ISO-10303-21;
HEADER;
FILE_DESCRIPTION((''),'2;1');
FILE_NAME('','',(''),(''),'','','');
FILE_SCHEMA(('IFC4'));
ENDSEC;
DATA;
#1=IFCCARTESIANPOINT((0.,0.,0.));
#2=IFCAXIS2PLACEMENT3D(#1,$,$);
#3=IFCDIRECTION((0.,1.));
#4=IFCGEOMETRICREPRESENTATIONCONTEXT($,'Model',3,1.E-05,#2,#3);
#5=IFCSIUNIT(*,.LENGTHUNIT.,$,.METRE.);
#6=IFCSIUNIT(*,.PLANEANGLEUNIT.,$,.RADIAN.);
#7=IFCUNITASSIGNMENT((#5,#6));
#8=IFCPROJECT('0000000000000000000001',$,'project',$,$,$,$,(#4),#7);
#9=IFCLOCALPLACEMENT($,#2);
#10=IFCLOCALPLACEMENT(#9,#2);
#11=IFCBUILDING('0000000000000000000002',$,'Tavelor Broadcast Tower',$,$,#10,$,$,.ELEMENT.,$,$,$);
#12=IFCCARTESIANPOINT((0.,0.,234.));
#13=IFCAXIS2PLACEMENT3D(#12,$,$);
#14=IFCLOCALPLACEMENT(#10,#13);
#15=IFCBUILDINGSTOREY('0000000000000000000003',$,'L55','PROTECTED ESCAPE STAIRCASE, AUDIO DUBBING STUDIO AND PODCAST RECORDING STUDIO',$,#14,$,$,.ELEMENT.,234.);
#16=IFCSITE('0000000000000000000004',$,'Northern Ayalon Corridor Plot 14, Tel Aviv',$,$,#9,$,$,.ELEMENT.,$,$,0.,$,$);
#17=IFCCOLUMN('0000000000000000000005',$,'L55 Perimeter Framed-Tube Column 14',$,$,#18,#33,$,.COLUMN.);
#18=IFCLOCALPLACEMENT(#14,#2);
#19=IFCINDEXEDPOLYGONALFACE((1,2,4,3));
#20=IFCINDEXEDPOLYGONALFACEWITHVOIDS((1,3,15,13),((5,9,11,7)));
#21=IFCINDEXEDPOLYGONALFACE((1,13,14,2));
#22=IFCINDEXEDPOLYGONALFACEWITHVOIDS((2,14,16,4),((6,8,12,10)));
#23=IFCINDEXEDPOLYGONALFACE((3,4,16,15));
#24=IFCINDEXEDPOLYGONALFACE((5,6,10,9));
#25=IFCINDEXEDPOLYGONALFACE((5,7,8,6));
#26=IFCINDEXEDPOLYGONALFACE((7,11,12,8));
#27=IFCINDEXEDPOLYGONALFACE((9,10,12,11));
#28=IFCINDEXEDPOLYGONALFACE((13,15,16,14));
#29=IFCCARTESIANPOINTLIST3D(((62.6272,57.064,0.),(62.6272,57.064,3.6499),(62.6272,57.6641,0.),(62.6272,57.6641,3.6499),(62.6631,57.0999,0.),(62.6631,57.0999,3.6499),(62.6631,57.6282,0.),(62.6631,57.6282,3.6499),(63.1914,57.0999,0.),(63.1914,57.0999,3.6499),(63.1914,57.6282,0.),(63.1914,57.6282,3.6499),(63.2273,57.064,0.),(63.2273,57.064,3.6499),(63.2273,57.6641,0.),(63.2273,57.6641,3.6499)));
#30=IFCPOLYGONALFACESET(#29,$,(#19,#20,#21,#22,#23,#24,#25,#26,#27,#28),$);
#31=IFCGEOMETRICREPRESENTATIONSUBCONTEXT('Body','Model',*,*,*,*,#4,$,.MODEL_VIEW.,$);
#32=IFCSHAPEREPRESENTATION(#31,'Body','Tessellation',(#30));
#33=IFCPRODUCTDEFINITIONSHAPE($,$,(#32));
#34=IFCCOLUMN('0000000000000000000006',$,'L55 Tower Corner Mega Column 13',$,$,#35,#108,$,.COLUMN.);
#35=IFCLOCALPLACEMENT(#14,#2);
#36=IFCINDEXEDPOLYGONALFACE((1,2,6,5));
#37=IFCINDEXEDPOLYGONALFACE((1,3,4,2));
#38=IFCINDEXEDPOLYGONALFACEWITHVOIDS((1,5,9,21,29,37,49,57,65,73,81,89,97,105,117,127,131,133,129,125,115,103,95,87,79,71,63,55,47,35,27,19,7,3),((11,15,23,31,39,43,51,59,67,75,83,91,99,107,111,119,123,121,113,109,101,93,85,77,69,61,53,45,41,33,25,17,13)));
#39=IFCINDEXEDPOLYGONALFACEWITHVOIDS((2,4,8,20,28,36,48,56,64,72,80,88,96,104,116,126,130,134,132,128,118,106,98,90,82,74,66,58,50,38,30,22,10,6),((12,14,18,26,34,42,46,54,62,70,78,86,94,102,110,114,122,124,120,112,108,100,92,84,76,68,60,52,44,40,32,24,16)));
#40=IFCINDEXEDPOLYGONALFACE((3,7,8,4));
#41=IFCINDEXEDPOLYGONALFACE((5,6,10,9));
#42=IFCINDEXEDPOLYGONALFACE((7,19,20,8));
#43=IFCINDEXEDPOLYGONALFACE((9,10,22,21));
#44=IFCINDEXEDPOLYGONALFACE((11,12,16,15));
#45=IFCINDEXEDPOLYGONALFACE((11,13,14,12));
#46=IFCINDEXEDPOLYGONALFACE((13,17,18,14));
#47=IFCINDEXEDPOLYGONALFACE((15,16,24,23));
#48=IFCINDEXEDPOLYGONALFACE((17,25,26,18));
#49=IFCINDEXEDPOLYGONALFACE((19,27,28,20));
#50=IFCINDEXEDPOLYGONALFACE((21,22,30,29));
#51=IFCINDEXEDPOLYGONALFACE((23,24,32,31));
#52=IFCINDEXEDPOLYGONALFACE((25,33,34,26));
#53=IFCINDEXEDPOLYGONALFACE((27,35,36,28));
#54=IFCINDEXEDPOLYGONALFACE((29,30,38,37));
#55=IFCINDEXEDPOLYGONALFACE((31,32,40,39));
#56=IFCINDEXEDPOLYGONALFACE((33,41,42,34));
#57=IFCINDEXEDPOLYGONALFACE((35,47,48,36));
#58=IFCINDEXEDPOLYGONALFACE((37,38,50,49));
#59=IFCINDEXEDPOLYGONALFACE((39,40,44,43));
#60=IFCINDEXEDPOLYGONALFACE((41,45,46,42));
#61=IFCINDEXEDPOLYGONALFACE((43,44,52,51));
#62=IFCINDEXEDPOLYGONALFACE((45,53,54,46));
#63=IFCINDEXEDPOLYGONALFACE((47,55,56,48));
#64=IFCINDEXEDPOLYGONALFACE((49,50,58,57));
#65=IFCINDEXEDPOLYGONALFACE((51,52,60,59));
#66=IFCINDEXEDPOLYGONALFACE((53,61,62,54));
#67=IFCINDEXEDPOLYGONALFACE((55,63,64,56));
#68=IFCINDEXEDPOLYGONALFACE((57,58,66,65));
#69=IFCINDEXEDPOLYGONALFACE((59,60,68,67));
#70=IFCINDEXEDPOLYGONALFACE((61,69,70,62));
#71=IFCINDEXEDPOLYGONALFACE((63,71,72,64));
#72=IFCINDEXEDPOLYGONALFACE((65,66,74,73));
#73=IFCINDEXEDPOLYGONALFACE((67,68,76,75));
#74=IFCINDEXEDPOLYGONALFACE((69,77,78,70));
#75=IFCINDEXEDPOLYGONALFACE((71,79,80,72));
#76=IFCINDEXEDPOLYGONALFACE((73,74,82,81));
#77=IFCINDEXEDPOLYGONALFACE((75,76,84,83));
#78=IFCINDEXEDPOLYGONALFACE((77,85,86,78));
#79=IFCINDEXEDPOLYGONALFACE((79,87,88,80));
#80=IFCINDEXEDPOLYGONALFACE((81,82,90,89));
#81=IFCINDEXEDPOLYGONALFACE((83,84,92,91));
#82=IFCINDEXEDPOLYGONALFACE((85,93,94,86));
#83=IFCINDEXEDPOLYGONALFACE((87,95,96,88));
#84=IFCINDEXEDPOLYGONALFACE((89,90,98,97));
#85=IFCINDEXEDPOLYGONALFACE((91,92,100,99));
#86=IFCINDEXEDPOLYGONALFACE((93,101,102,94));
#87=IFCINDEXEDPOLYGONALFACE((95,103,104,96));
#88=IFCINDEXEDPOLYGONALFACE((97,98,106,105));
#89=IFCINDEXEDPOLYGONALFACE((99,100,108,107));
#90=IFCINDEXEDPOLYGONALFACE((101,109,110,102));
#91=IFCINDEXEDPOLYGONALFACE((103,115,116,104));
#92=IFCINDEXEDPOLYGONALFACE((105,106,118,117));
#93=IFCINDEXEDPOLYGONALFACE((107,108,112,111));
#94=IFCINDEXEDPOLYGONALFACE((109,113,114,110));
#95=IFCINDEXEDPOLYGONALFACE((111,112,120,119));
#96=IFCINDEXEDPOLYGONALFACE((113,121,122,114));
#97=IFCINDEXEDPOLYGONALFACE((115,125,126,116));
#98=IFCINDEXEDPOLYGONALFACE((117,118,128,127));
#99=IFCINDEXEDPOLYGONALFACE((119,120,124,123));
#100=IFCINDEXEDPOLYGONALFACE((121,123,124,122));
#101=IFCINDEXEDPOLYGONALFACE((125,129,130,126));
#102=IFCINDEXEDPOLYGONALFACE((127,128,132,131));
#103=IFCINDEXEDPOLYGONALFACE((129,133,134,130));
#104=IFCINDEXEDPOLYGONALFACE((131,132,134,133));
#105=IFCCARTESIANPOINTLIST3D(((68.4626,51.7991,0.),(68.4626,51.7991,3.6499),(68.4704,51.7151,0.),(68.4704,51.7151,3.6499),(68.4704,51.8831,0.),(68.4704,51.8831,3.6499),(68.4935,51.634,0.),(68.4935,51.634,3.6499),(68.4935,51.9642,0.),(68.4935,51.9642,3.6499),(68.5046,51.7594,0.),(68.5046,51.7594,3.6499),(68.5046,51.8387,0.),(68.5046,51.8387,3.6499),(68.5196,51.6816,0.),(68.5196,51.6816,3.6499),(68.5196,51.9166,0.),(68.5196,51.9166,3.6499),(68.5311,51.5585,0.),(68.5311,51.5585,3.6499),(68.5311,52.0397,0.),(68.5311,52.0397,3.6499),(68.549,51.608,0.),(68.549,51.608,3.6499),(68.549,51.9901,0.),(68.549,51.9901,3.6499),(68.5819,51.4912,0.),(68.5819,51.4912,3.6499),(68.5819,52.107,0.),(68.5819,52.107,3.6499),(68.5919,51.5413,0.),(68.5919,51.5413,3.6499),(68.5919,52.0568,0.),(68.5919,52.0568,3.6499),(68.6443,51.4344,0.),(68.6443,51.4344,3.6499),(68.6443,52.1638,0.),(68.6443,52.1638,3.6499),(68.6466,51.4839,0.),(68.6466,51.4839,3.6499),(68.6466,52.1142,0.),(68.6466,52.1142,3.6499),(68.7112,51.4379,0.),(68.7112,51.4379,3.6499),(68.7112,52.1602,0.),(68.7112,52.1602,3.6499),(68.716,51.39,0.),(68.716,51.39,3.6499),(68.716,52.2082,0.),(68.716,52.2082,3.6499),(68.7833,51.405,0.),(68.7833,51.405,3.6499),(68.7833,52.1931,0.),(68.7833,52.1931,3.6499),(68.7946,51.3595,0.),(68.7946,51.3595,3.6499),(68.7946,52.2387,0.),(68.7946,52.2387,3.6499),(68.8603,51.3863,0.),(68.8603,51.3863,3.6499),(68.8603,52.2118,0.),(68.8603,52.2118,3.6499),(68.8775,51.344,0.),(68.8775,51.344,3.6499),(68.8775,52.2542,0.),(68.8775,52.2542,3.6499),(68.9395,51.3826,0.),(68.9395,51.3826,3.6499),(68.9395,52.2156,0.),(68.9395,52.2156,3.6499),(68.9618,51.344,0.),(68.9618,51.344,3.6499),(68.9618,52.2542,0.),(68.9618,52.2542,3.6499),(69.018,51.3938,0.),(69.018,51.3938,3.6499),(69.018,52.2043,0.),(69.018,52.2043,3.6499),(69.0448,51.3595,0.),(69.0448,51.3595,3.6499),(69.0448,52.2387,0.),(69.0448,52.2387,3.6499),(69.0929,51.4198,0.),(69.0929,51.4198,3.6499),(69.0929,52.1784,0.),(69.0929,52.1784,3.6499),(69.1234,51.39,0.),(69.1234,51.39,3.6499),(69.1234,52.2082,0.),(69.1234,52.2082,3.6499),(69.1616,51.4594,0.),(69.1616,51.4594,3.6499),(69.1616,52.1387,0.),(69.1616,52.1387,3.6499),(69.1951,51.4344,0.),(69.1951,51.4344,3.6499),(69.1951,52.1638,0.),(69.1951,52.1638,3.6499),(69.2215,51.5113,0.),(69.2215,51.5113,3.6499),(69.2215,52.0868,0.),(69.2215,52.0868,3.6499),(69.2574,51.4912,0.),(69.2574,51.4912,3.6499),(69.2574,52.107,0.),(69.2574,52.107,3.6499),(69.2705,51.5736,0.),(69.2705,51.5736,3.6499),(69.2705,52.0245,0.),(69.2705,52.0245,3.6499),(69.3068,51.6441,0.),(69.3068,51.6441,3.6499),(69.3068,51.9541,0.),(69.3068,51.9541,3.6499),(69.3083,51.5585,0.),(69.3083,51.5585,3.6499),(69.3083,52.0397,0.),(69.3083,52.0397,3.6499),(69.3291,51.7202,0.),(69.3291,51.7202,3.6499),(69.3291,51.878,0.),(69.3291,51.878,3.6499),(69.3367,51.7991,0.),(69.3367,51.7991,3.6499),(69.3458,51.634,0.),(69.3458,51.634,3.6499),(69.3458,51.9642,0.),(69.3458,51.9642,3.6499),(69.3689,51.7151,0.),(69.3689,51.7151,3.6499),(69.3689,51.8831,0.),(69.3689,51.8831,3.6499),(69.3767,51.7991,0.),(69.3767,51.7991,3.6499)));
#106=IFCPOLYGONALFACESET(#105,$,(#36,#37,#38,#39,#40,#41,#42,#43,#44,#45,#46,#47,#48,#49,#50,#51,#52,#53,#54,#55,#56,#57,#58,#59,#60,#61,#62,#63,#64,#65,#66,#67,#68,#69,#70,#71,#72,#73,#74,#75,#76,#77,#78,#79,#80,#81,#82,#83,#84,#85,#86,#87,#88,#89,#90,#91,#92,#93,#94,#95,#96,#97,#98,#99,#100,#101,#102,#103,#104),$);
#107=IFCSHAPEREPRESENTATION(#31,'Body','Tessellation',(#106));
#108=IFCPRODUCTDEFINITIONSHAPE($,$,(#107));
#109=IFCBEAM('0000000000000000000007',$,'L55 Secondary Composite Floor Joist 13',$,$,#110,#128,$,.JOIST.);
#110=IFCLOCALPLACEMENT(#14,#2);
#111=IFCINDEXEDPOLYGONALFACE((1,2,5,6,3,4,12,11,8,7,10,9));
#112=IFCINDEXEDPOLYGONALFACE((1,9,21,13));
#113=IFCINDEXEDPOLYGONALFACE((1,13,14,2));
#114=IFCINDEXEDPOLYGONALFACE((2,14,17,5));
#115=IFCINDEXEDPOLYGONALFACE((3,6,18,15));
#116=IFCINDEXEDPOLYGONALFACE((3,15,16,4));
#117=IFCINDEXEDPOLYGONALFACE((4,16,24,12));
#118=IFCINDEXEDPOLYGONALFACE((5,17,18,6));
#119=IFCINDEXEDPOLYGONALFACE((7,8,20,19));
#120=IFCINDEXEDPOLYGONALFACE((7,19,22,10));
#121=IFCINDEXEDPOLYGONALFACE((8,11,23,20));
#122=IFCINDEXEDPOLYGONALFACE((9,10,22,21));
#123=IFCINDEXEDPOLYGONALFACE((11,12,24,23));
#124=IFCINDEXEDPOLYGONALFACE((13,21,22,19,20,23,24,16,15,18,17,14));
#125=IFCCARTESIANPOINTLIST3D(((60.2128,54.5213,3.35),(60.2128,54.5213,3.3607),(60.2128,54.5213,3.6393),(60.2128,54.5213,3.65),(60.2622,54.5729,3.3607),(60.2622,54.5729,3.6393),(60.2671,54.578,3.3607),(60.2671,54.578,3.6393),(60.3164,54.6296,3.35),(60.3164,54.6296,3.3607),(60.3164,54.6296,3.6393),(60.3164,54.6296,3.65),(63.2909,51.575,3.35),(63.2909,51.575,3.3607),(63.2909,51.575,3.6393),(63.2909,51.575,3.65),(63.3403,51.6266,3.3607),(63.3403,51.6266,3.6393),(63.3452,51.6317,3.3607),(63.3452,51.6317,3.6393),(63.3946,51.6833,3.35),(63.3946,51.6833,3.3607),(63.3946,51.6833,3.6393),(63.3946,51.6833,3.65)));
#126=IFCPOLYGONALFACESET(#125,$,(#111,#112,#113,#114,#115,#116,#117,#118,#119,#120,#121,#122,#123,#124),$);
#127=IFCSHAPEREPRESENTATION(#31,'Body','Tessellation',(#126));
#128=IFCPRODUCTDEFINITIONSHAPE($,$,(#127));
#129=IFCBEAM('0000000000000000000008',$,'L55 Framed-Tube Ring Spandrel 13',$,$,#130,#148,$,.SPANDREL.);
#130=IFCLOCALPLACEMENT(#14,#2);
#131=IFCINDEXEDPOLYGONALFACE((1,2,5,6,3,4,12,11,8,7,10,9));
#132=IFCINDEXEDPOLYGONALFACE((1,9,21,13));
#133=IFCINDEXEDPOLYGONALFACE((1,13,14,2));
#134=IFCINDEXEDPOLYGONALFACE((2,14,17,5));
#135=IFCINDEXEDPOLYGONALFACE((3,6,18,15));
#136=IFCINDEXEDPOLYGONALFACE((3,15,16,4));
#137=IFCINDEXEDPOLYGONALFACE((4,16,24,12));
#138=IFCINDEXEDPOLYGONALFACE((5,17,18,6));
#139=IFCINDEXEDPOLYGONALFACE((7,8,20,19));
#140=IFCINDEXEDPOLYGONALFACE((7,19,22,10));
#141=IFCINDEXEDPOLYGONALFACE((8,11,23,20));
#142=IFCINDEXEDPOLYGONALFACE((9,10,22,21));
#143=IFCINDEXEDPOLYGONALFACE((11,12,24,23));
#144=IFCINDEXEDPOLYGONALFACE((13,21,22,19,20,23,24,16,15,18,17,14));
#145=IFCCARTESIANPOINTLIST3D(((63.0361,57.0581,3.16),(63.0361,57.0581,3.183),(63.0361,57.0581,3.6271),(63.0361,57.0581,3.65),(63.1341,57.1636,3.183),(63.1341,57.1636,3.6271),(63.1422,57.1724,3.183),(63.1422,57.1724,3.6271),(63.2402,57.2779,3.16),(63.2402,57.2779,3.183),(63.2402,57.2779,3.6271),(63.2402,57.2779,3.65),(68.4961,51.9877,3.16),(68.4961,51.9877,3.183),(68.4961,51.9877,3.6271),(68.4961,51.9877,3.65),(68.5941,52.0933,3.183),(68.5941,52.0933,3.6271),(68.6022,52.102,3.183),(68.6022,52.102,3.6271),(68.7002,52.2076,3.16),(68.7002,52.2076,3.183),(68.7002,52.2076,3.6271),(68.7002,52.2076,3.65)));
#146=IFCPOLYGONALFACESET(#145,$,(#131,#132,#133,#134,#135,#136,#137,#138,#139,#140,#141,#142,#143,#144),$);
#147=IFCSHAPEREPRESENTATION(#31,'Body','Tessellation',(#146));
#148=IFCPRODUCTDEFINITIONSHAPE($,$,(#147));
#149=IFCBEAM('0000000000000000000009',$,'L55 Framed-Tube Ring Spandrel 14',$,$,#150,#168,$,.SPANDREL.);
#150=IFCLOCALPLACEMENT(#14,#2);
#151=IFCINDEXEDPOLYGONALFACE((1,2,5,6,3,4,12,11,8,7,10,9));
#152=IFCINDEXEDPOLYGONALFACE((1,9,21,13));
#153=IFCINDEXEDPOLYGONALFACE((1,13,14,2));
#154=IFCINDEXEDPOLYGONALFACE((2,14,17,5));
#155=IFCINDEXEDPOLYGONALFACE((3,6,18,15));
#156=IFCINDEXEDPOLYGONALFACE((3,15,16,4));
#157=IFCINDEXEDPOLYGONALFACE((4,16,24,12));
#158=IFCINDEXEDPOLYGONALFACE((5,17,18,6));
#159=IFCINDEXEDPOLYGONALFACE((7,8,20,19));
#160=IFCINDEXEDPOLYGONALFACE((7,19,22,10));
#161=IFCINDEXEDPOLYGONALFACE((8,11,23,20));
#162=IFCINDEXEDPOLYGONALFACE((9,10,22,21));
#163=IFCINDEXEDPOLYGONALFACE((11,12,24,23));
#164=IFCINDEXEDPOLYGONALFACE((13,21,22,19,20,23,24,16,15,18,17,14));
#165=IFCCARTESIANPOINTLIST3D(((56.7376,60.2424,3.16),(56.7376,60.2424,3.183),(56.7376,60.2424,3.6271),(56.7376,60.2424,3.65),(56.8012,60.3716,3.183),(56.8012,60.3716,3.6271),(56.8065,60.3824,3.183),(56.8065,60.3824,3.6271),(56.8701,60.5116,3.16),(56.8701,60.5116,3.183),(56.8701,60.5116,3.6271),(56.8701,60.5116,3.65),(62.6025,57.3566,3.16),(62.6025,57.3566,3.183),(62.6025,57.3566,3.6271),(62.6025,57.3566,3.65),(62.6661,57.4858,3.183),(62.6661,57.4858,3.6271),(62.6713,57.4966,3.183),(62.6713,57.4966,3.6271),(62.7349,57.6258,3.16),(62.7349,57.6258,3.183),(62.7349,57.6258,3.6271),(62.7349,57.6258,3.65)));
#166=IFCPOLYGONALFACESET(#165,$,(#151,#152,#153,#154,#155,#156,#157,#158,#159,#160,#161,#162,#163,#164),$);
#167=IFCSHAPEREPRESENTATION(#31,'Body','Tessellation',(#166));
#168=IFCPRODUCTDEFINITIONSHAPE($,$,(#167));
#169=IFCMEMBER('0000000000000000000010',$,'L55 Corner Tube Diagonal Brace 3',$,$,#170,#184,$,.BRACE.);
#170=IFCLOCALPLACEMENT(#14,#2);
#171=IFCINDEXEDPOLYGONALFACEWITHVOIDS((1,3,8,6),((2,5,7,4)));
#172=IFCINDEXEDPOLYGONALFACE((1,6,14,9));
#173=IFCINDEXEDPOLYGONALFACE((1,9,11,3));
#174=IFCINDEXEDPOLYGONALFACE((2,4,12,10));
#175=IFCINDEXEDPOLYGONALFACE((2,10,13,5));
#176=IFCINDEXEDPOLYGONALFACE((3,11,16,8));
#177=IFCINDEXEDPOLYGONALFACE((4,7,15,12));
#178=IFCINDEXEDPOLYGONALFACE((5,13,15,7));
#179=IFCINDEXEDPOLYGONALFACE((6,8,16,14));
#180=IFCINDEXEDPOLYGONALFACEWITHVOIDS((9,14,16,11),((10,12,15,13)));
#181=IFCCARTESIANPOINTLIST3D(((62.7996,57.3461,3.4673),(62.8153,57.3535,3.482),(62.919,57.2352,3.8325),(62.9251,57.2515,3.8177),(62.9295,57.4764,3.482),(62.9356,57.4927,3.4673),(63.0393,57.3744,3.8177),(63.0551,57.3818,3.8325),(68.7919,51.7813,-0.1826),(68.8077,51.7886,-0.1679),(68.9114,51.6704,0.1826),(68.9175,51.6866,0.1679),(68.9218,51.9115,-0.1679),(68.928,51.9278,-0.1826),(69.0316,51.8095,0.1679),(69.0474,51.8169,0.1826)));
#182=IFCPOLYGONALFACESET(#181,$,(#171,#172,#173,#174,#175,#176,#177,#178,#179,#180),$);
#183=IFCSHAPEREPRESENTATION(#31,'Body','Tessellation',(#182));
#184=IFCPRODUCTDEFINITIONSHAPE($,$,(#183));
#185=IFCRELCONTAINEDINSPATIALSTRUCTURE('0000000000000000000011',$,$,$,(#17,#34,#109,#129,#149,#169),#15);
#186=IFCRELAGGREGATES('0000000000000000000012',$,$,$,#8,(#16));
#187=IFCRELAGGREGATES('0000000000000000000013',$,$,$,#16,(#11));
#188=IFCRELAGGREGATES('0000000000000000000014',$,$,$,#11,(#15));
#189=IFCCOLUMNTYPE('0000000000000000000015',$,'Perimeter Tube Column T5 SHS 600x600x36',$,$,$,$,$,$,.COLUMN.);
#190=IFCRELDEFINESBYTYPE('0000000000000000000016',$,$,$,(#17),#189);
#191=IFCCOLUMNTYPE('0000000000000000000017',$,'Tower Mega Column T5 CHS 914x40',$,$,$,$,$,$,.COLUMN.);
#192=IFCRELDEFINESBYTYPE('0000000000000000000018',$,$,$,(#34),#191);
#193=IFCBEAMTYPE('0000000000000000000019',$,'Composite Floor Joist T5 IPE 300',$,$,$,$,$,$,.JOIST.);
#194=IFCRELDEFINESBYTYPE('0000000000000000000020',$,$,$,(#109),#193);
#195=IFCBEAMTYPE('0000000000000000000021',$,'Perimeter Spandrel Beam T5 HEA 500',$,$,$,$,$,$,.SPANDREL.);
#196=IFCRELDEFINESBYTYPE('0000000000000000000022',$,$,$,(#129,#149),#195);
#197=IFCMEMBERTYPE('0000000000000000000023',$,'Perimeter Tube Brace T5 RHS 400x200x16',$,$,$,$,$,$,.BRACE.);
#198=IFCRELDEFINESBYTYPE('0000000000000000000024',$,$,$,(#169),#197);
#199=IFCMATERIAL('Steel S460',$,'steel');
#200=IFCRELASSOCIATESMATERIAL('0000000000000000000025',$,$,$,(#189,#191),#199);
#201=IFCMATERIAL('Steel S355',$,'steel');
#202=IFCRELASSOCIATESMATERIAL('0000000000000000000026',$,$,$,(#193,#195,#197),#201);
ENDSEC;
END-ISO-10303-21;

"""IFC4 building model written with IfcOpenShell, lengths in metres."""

from ifc_helpers import new_model, si_unit, direction, frame, origin, origin_2d, place, context, subcontext, project, spatial, hollow_rectangle, hollow_circle, i_section, extrude, material, material_profile, profile_set, type_object, element, save


model = new_model("IFC4")

# Units and contexts
model_context = context("Model", 3, precision=1e-05, world=origin(), true_north=direction((0.0, 1.0)))
body_context = subcontext(model_context, "Body", "Model", "MODEL_VIEW")
ifc_project = project(units=[si_unit("LENGTHUNIT", "METRE"), si_unit("PLANEANGLEUNIT", "RADIAN")], contexts=[model_context])

# Site, building, storey
site_placement = place(None, origin())
site = spatial("IfcSite", under=ifc_project, at=site_placement, Name="Northern Ayalon Corridor Plot 14, Tel Aviv", CompositionType="ELEMENT", RefElevation=0.0)
building_placement = place(site_placement, origin())
building = spatial("IfcBuilding", under=site, at=building_placement, Name="Tavelor Broadcast Tower", CompositionType="ELEMENT")
storey_placement = place(building_placement, frame((0.0, 0.0, 234.0)))
storey = spatial("IfcBuildingStorey", under=building, at=storey_placement, Name="L55", Description="PROTECTED ESCAPE STAIRCASE, AUDIO DUBBING STUDIO AND PODCAST RECORDING STUDIO", CompositionType="ELEMENT", Elevation=234.0)

# Columns
ifc_material_1 = material(Name="Steel S460", Category="steel")
ifc_material_profile_1 = material_profile(ifc_material_1, hollow_rectangle(XDim=0.6001, YDim=0.6001, WallThickness=0.0359, at=origin_2d()), Name="SHS 600x600x36")
ifc_profile_set_1 = profile_set([ifc_material_profile_1], Name="Steel S460")
column_type_1 = type_object("IfcColumnType", Name="Perimeter Tube Column T5 SHS 600x600x36", PredefinedType="COLUMN", material=ifc_profile_set_1)
column_1_placement = place(storey_placement, frame((62.9272, 57.364, 0.0), z_axis=(0.0, 0.0, 1.0), x_axis=(1.0, 0.0, 0.0)))
element("IfcColumn", 1, at=column_1_placement, inside=storey, type_object=column_type_1, Name="L55 Perimeter Framed-Tube Column 14", PredefinedType="COLUMN", context=body_context, shape_type="SweptSolid", body=[
    extrude(hollow_rectangle(XDim=0.6001, YDim=0.6001, WallThickness=0.0359, at=origin_2d()), origin(), (0.0, 0.0, 1.0), 3.6499),
])
ifc_material_profile_2 = material_profile(ifc_material_1, hollow_circle(Radius=0.457, WallThickness=0.04, at=origin_2d()), Name="CHS 914x40")
ifc_profile_set_2 = profile_set([ifc_material_profile_2], Name="Steel S460")
column_type_2 = type_object("IfcColumnType", Name="Tower Mega Column T5 CHS 914x40", PredefinedType="COLUMN", material=ifc_profile_set_2)
column_2_placement = place(storey_placement, frame((68.9197, 51.7991, 0.0), z_axis=(0.0, 0.0, 1.0), x_axis=(1.0, 0.0, 0.0)))
element("IfcColumn", 2, at=column_2_placement, inside=storey, type_object=column_type_2, Name="L55 Tower Corner Mega Column 13", PredefinedType="COLUMN", context=body_context, shape_type="SweptSolid", body=[
    extrude(hollow_circle(Radius=0.457, WallThickness=0.04, at=origin_2d()), origin(), (0.0, 0.0, 1.0), 3.6499),
])

# Beams
ifc_material_2 = material(Name="Steel S355", Category="steel")
ifc_material_profile_3 = material_profile(ifc_material_2, i_section(OverallWidth=0.1499, OverallDepth=0.3, WebThickness=0.0071, FlangeThickness=0.0107, at=origin_2d()), Name="IPE 300")
ifc_profile_set_3 = profile_set([ifc_material_profile_3], Name="Steel S355")
beam_type_1 = type_object("IfcBeamType", Name="Composite Floor Joist T5 IPE 300", PredefinedType="JOIST", material=ifc_profile_set_3)
beam_1_placement = place(storey_placement, frame((63.3428, 51.6292, 3.5), z_axis=(-0.722408, 0.691467, 0.0), x_axis=(-0.691467, -0.722408, 0.0)))
element("IfcBeam", 3, at=beam_1_placement, inside=storey, type_object=beam_type_1, Name="L55 Secondary Composite Floor Joist 13", PredefinedType="JOIST", context=body_context, shape_type="SweptSolid", body=[
    extrude(i_section(OverallWidth=0.1499, OverallDepth=0.3, WebThickness=0.0071, FlangeThickness=0.0107, at=origin_2d()), origin(), (0.0, 0.0, 1.0), 4.261),
])
ifc_material_profile_4 = material_profile(ifc_material_2, i_section(OverallWidth=0.3, OverallDepth=0.49, WebThickness=0.012, FlangeThickness=0.0229, at=origin_2d()), Name="HEA 500")
ifc_profile_set_4 = profile_set([ifc_material_profile_4], Name="Steel S355")
beam_type_2 = type_object("IfcBeamType", Name="Perimeter Spandrel Beam T5 HEA 500", PredefinedType="SPANDREL", material=ifc_profile_set_4)
beam_2_placement = place(storey_placement, frame((68.5981, 52.0977, 3.405), z_axis=(-0.73277, 0.680476, 0.0), x_axis=(-0.680476, -0.73277, 0.0)))
element("IfcBeam", 4, at=beam_2_placement, inside=storey, type_object=beam_type_2, Name="L55 Framed-Tube Ring Spandrel 13", PredefinedType="SPANDREL", context=body_context, shape_type="SweptSolid", body=[
    extrude(i_section(OverallWidth=0.3, OverallDepth=0.49, WebThickness=0.012, FlangeThickness=0.0229, at=origin_2d()), origin(), (0.0, 0.0, 1.0), 7.4512),
])
beam_3_placement = place(storey_placement, frame((62.6687, 57.4912, 3.405), z_axis=(-0.897263, 0.441497, 0.0), x_axis=(-0.441497, -0.897263, 0.0)))
element("IfcBeam", 5, at=beam_3_placement, inside=storey, type_object=beam_type_2, Name="L55 Framed-Tube Ring Spandrel 14", PredefinedType="SPANDREL", context=body_context, shape_type="SweptSolid", body=[
    extrude(i_section(OverallWidth=0.3, OverallDepth=0.49, WebThickness=0.012, FlangeThickness=0.0229, at=origin_2d()), origin(), (0.0, 0.0, 1.0), 6.5364),
])

# Member
ifc_material_profile_5 = material_profile(ifc_material_2, hollow_rectangle(XDim=0.2, YDim=0.3999, WallThickness=0.0161, at=origin_2d()), Name="RHS 400x200x16")
ifc_profile_set_5 = profile_set([ifc_material_profile_5], Name="Steel S355")
member_type_1 = type_object("IfcMemberType", Name="Perimeter Tube Brace T5 RHS 400x200x16", PredefinedType="BRACE", material=ifc_profile_set_5)
member_1_placement = place(storey_placement, frame((68.9197, 51.7991, 0.0), z_axis=(-0.66914, 0.621405, 0.407563), x_axis=(-0.680487, -0.732761, 0.0)))
element("IfcMember", 6, at=member_1_placement, inside=storey, type_object=member_type_1, Name="L55 Corner Tube Diagonal Brace 3", PredefinedType="BRACE", context=body_context, shape_type="SweptSolid", body=[
    extrude(hollow_rectangle(XDim=0.2, YDim=0.3999, WallThickness=0.0161, at=origin_2d()), origin(), (0.0, 0.0, 1.0), 8.9553),
])

save(model, "model.ifc")
